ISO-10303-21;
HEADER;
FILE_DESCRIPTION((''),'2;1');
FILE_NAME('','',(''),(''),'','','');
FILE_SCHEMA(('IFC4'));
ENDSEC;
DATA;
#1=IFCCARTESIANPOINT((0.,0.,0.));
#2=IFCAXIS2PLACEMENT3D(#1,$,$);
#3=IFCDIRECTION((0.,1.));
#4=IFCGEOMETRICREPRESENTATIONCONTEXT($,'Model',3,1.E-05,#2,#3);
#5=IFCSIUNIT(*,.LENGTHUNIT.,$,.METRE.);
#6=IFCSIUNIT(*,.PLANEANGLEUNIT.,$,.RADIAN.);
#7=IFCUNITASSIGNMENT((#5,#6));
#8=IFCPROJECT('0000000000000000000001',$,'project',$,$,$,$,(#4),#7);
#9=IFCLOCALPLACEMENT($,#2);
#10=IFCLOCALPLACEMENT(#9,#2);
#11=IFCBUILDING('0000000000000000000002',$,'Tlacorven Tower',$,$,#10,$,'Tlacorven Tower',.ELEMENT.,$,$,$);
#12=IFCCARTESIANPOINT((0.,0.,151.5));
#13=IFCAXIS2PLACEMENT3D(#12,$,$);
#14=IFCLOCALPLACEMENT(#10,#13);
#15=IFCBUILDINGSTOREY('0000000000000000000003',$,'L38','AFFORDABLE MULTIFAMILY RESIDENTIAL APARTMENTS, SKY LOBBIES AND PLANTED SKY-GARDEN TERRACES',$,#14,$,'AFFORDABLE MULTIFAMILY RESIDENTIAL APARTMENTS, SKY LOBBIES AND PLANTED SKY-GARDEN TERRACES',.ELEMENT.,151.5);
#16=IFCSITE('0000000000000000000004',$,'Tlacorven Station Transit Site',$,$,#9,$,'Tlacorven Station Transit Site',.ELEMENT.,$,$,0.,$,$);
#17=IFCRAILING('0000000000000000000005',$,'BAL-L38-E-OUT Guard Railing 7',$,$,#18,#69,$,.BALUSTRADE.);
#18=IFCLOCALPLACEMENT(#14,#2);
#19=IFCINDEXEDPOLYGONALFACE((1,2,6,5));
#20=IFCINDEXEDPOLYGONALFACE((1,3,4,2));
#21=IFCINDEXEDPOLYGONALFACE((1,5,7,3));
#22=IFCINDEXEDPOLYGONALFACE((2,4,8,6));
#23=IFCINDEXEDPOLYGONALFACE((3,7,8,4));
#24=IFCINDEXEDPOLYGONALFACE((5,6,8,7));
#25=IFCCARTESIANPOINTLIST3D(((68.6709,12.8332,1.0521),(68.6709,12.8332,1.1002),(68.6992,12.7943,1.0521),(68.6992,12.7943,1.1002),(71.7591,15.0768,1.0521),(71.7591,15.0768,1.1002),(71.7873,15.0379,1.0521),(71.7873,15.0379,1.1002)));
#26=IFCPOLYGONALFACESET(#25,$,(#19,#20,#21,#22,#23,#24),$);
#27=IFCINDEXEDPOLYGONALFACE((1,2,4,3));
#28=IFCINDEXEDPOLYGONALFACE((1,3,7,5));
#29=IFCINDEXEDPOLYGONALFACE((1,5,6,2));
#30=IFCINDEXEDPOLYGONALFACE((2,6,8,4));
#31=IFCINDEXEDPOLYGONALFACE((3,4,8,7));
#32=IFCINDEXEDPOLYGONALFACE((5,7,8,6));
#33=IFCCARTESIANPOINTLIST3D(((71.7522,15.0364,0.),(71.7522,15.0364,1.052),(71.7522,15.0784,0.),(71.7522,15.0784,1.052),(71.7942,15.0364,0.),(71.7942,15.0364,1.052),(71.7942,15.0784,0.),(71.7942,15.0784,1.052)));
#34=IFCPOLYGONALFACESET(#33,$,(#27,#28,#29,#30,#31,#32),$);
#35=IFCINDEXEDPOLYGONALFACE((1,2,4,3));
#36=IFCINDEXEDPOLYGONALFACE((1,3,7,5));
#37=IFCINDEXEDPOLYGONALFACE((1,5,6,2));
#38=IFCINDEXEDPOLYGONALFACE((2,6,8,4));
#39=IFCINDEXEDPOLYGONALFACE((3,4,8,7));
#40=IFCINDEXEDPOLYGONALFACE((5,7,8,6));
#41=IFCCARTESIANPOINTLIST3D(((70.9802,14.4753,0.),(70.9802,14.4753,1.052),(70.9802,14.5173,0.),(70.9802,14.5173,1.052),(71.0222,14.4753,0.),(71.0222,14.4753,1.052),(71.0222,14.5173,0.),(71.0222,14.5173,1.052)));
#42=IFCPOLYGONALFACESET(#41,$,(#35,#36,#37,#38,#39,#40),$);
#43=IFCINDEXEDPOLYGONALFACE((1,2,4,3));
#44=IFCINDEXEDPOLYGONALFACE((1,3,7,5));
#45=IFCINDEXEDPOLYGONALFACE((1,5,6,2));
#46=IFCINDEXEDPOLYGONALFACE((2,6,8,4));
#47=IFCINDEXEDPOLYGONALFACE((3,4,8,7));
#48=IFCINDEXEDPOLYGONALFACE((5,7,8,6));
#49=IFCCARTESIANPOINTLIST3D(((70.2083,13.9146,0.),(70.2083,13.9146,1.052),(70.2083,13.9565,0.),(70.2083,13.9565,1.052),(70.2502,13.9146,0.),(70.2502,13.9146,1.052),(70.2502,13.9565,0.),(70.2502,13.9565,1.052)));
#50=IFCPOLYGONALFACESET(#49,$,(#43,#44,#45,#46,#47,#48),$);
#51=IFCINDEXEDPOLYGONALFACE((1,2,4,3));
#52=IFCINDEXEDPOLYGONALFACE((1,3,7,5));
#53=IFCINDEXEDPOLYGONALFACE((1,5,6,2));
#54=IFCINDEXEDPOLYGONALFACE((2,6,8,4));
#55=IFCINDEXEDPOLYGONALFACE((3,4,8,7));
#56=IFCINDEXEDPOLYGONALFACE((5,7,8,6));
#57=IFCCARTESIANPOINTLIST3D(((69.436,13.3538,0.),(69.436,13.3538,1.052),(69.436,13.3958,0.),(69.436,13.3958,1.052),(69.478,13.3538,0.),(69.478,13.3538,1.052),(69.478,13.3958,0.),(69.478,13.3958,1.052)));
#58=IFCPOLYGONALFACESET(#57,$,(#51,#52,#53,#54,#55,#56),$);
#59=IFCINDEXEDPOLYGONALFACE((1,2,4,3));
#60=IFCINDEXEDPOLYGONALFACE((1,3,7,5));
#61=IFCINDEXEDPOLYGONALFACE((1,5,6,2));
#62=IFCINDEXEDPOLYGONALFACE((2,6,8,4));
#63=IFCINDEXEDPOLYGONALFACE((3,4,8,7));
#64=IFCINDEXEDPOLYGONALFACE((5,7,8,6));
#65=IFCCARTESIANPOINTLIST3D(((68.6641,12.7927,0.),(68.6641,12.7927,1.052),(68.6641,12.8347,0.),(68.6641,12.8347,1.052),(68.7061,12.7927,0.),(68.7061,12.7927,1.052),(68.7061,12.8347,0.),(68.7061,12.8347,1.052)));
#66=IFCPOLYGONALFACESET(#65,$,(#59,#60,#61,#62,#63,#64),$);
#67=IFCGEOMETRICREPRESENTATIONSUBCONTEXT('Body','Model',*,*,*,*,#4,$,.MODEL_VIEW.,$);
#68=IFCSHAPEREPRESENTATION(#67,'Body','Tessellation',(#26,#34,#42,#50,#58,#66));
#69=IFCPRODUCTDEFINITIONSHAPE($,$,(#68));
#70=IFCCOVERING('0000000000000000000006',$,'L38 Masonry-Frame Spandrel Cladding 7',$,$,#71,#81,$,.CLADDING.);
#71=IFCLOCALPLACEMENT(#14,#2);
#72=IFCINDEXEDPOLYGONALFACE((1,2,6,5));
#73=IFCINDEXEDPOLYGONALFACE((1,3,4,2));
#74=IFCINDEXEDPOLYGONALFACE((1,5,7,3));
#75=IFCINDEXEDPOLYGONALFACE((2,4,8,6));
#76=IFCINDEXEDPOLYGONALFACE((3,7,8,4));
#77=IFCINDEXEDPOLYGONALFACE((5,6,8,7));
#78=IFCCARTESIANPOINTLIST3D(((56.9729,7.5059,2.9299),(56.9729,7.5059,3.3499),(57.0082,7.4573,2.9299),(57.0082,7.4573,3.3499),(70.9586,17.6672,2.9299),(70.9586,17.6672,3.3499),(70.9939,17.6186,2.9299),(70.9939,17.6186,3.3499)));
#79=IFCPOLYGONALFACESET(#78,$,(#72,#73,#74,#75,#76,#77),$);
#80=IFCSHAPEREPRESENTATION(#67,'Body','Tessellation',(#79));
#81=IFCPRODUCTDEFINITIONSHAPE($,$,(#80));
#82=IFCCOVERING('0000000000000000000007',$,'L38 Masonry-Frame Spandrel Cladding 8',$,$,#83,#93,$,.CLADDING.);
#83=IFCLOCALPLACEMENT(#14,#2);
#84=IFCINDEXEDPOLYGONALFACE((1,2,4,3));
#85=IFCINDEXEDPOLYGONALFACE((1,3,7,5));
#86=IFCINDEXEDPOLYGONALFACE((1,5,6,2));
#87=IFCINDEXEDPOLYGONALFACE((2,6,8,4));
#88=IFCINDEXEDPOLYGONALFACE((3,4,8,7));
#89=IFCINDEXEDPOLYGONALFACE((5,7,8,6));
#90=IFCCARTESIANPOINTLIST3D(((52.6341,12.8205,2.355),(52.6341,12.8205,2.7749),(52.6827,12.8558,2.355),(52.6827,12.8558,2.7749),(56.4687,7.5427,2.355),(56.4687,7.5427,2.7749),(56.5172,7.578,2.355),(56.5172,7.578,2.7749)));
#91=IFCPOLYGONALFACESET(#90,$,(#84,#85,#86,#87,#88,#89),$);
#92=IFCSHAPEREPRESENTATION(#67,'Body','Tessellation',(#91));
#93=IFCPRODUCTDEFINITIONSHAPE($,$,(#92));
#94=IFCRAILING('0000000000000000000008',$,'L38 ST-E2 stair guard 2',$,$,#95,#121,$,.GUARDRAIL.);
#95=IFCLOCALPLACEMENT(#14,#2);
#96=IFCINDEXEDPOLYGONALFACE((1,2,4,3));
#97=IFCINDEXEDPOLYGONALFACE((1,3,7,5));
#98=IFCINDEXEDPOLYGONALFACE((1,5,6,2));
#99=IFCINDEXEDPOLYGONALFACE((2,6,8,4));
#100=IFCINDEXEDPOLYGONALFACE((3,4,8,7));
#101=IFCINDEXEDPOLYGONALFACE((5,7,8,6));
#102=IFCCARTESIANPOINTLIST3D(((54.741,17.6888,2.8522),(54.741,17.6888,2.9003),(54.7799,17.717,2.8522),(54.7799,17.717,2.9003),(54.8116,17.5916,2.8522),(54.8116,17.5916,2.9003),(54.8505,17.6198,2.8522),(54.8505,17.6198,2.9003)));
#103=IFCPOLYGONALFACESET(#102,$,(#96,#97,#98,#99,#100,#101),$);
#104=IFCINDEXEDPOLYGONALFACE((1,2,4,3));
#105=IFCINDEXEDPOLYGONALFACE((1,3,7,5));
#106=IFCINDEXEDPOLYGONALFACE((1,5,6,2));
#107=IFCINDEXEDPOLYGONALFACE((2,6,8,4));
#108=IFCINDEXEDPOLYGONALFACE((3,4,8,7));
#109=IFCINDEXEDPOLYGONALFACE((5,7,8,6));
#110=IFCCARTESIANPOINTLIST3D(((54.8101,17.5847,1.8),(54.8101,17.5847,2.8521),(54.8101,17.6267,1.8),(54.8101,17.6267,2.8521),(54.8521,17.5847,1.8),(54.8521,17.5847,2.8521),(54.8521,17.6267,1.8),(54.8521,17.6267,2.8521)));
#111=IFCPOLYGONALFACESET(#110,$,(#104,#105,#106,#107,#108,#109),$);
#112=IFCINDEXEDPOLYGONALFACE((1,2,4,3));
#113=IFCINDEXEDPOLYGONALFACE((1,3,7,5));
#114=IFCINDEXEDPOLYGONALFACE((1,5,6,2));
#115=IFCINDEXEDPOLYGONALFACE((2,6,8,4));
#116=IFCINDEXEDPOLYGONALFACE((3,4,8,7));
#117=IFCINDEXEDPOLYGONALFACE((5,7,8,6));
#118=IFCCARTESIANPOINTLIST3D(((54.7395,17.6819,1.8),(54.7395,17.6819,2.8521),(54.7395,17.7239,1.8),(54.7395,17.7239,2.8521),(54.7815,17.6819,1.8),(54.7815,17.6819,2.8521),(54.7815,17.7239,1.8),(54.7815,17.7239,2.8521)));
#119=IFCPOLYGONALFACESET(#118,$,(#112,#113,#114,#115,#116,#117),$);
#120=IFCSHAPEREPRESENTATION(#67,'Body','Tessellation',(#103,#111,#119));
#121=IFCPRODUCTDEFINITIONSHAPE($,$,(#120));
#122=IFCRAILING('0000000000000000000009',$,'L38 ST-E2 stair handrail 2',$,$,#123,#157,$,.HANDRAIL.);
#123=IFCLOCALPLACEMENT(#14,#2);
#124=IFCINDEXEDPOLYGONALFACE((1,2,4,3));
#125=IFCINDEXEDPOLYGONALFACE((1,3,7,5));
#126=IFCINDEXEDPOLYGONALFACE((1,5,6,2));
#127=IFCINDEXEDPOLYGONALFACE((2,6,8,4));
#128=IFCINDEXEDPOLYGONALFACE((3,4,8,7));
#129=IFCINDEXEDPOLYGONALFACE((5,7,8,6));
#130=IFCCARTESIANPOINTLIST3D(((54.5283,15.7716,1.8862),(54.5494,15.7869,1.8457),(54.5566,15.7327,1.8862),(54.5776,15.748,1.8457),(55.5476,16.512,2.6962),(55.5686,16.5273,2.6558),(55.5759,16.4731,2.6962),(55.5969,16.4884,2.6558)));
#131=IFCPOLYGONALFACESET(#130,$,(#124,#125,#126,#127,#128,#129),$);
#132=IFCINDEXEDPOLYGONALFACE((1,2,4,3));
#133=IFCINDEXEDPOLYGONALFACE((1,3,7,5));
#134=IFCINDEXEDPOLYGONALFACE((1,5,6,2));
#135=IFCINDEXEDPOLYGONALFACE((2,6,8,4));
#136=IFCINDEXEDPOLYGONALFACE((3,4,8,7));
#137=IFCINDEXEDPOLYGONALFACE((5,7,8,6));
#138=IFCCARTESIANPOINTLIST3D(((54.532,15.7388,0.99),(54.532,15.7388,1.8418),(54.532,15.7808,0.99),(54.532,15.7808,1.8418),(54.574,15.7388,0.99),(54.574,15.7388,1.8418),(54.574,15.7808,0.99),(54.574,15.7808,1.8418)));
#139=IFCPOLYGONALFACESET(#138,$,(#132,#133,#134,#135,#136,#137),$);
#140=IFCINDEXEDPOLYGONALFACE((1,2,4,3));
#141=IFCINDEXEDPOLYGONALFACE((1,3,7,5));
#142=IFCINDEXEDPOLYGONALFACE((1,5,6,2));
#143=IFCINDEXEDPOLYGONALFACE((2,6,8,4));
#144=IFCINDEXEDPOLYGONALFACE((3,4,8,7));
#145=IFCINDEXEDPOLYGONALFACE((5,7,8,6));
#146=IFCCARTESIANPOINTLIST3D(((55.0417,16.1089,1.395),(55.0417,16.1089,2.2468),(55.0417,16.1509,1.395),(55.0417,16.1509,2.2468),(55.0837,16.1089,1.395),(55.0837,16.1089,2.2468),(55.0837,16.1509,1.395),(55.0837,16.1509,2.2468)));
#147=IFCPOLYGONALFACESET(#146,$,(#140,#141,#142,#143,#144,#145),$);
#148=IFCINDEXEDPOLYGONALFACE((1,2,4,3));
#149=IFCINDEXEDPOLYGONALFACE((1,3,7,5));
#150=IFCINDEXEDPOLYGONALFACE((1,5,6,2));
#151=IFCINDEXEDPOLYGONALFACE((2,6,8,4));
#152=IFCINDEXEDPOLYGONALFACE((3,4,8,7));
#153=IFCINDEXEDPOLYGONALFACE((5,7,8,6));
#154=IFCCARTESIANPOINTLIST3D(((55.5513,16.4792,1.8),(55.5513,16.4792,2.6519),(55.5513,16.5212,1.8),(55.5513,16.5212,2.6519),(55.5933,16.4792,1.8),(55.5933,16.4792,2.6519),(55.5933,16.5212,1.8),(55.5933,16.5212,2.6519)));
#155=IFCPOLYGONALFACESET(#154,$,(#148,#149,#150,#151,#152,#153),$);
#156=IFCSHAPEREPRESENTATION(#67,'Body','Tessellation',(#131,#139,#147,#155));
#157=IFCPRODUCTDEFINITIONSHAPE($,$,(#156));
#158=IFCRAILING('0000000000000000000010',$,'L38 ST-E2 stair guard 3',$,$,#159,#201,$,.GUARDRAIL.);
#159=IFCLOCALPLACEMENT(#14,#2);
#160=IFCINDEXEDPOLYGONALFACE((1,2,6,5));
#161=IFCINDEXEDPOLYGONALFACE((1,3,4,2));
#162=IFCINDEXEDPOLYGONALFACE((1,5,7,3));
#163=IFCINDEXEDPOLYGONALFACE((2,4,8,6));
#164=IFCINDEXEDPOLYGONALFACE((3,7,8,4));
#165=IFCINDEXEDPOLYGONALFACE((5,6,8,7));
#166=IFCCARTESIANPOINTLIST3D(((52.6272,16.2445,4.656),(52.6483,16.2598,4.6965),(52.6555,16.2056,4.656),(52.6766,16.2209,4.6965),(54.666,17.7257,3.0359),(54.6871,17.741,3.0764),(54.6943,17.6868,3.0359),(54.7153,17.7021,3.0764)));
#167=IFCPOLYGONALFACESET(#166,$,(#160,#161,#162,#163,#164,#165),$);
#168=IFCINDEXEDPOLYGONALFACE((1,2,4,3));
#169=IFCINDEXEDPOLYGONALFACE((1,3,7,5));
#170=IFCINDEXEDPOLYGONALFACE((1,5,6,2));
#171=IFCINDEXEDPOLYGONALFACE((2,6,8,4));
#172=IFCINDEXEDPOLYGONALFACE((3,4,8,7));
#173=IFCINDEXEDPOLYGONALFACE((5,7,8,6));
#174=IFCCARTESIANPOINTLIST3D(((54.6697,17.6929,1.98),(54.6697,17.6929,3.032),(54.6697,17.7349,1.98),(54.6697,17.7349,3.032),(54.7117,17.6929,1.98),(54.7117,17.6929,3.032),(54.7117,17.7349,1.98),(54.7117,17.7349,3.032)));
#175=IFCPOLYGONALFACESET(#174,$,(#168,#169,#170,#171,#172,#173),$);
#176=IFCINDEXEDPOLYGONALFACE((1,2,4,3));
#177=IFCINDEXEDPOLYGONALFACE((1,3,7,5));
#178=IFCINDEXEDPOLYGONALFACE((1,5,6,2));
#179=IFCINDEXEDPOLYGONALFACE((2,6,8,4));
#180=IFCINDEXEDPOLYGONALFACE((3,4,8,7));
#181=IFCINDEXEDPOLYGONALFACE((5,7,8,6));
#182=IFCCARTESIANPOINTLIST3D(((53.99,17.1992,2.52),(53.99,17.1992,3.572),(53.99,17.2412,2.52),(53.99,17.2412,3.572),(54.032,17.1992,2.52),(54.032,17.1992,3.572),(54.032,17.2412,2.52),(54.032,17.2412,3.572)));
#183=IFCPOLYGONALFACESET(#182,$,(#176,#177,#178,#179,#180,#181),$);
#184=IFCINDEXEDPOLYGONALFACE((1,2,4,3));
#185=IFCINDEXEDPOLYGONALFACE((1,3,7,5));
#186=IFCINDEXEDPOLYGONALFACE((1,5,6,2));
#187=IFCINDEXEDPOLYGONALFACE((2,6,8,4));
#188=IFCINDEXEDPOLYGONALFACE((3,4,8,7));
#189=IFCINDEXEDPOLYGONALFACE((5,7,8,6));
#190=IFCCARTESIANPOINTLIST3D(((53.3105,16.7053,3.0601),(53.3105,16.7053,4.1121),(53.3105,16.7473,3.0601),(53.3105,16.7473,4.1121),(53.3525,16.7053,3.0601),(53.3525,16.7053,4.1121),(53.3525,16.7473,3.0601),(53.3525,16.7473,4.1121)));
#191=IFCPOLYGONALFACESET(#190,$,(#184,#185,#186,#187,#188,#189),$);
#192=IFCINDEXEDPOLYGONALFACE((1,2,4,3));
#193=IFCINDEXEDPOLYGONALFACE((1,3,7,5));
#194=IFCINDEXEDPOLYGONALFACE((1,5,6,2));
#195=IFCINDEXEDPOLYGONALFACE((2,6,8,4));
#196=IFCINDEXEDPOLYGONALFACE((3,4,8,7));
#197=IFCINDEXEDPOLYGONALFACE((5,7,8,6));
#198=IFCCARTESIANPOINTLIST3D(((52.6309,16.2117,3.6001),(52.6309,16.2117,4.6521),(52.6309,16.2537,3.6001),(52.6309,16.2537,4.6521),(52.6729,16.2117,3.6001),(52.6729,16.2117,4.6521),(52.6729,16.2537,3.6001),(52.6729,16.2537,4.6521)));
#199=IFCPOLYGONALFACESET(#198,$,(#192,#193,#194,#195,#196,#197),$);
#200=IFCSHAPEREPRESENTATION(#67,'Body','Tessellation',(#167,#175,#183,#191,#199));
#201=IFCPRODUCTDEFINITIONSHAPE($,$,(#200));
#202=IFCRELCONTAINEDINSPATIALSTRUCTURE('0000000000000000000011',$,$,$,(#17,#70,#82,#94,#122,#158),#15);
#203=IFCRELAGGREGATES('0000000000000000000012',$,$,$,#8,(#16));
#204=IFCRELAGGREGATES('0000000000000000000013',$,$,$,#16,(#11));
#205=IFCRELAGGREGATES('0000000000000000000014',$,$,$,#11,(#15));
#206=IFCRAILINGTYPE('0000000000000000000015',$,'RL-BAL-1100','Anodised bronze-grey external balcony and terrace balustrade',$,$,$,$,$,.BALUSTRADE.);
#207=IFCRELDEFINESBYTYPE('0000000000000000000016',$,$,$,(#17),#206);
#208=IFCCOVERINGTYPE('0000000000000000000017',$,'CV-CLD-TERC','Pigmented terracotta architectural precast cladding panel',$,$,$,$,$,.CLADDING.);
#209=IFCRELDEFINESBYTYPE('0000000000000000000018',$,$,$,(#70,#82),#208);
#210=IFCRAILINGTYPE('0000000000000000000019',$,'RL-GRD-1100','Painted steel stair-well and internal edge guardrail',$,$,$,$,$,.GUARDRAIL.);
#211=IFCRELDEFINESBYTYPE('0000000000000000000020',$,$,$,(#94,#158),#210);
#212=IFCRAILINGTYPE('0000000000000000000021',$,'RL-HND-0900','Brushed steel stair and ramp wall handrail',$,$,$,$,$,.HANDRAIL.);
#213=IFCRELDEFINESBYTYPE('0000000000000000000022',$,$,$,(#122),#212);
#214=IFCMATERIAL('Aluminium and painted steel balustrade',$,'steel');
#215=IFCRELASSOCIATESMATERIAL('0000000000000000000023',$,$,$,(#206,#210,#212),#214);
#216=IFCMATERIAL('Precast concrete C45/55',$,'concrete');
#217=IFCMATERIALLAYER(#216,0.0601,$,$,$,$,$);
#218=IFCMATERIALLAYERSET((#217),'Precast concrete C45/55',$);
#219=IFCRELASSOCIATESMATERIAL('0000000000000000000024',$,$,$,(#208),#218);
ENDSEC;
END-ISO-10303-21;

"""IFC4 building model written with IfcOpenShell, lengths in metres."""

from ifc_helpers import new_model, si_unit, direction, frame, origin, origin_2d, place, context, subcontext, project, spatial, rectangle, extrude, source, transform, mapped, material, layer, layer_set, type_object, element, save


model = new_model("IFC4")

# Units and contexts
model_context = context("Model", 3, precision=1e-05, world=origin(), true_north=direction((0.0, 1.0)))
body_context = subcontext(model_context, "Body", "Model", "MODEL_VIEW")
ifc_project = project(units=[si_unit("LENGTHUNIT", "METRE"), si_unit("PLANEANGLEUNIT", "RADIAN")], contexts=[model_context])

# Site, building, storey
site_placement = place(None, origin())
site = spatial("IfcSite", under=ifc_project, at=site_placement, Name="Tlacorven Station Transit Site", LongName="Tlacorven Station Transit Site", CompositionType="ELEMENT", RefElevation=0.0)
building_placement = place(site_placement, origin())
building = spatial("IfcBuilding", under=site, at=building_placement, Name="Tlacorven Tower", LongName="Tlacorven Tower", CompositionType="ELEMENT")
storey_placement = place(building_placement, frame((0.0, 0.0, 151.5)))
storey = spatial("IfcBuildingStorey", under=building, at=storey_placement, Name="L38", Description="AFFORDABLE MULTIFAMILY RESIDENTIAL APARTMENTS, SKY LOBBIES AND PLANTED SKY-GARDEN TERRACES", LongName="AFFORDABLE MULTIFAMILY RESIDENTIAL APARTMENTS, SKY LOBBIES AND PLANTED SKY-GARDEN TERRACES", CompositionType="ELEMENT", Elevation=151.5)

# Shared definitions
ifc_material_1 = material(Name="Precast concrete C45/55", Category="concrete")

# Railing
ifc_material_2 = material(Name="Aluminium and painted steel balustrade", Category="steel")
railing_type_1 = type_object("IfcRailingType", Name="RL-BAL-1100", Description="Anodised bronze-grey external balcony and terrace balustrade", PredefinedType="BALUSTRADE", material=ifc_material_2)
shared_shape_1 = source(origin(), body_context, "Body", "SweptSolid", [
    extrude(rectangle(XDim=0.0481, YDim=0.0481, at=origin_2d()), frame((0.0, 0.0, 1.0762), z_axis=(-0.809018, -0.587784, 0.0), x_axis=(0.587784, -0.809018, 0.0)), (0.0, 0.0, 1.0), 3.8171),
    extrude(rectangle(XDim=0.042, YDim=0.042, at=origin_2d()), origin(), (0.0, 0.0, 1.0), 1.052),
    extrude(rectangle(XDim=0.042, YDim=0.042, at=origin_2d()), frame((-0.772, -0.561, 0.0)), (0.0, 0.0, 1.0), 1.052),
    extrude(rectangle(XDim=0.042, YDim=0.042, at=origin_2d()), frame((-1.5439, -1.1218, 0.0)), (0.0, 0.0, 1.0), 1.052),
    extrude(rectangle(XDim=0.042, YDim=0.042, at=origin_2d()), frame((-2.3162, -1.6826, 0.0)), (0.0, 0.0, 1.0), 1.052),
    extrude(rectangle(XDim=0.042, YDim=0.042, at=origin_2d()), frame((-3.0881, -2.2437, 0.0)), (0.0, 0.0, 1.0), 1.052),
])
railing_1_placement = place(storey_placement, frame((71.7732, 15.0574, 0.0)))
element("IfcRailing", 1, at=railing_1_placement, inside=storey, type_object=railing_type_1, Name="BAL-L38-E-OUT Guard Railing 7", PredefinedType="BALUSTRADE", context=body_context, shape_type="MappedRepresentation", body=[
    mapped(shared_shape_1, transform((0.0, 0.0, 0.0), scale=1.0)),
])

# Coverings
ifc_layer_1 = layer(ifc_material_1, 0.0601)
ifc_layer_set_1 = layer_set([ifc_layer_1], Name="Precast concrete C45/55")
covering_type = type_object("IfcCoveringType", Name="CV-CLD-TERC", Description="Pigmented terracotta architectural precast cladding panel", PredefinedType="CLADDING", material=ifc_layer_set_1)
shared_shape_2 = source(origin(), body_context, "Body", "SweptSolid", [
    extrude(rectangle(XDim=17.2874, YDim=0.0601, at=origin_2d()), origin(), (0.0, 0.0, 1.0), 0.4199),
])
covering_1_placement = place(storey_placement, frame((63.9834, 12.5623, 2.9299), z_axis=(0.0, 0.0, 1.0), x_axis=(-0.809017, -0.587785, 0.0)))
element("IfcCovering", 2, at=covering_1_placement, inside=storey, type_object=covering_type, Name="L38 Masonry-Frame Spandrel Cladding 7", PredefinedType="CLADDING", context=body_context, shape_type="MappedRepresentation", body=[
    mapped(shared_shape_2, transform((0.0, 0.0, 0.0), scale=1.0)),
])
shared_shape_3 = source(origin(), body_context, "Body", "SweptSolid", [
    extrude(rectangle(XDim=6.5237, YDim=0.0601, at=origin_2d()), origin(), (0.0, 0.0, 1.0), 0.4199),
])
covering_2_placement = place(storey_placement, frame((54.5757, 10.1992, 2.355), z_axis=(0.0, 0.0, 1.0), x_axis=(-0.587786, 0.809017, 0.0)))
element("IfcCovering", 3, at=covering_2_placement, inside=storey, type_object=covering_type, Name="L38 Masonry-Frame Spandrel Cladding 8", PredefinedType="CLADDING", context=body_context, shape_type="MappedRepresentation", body=[
    mapped(shared_shape_3, transform((0.0, 0.0, 0.0), scale=1.0)),
])

# Railings
railing_type_2 = type_object("IfcRailingType", Name="RL-GRD-1100", Description="Painted steel stair-well and internal edge guardrail", PredefinedType="GUARDRAIL", material=ifc_material_2)
shared_shape_4 = source(origin(), body_context, "Body", "SweptSolid", [
    extrude(rectangle(XDim=0.0481, YDim=0.0481, at=origin_2d()), frame((0.0, 0.0, 1.0762), z_axis=(-0.587567, 0.809175, 0.0), x_axis=(-0.809175, -0.587567, 0.0)), (0.0, 0.0, 1.0), 0.1201),
    extrude(rectangle(XDim=0.042, YDim=0.042, at=origin_2d()), origin(), (0.0, 0.0, 1.0), 1.052),
    extrude(rectangle(XDim=0.042, YDim=0.042, at=origin_2d()), frame((-0.0706, 0.0972, 0.0)), (0.0, 0.0, 1.0), 1.052),
])
railing_2_placement = place(storey_placement, frame((54.8311, 17.6057, 1.8)))
element("IfcRailing", 4, at=railing_2_placement, inside=storey, type_object=railing_type_2, Name="L38 ST-E2 stair guard 2", PredefinedType="GUARDRAIL", context=body_context, shape_type="MappedRepresentation", body=[
    mapped(shared_shape_4, transform((0.0, 0.0, 0.0), scale=1.0)),
])
railing_type_3 = type_object("IfcRailingType", Name="RL-HND-0900", Description="Brushed steel stair and ramp wall handrail", PredefinedType="HANDRAIL", material=ifc_material_2)
shared_shape_5 = source(origin(), body_context, "Body", "SweptSolid", [
    extrude(rectangle(XDim=0.0481, YDim=0.0481, at=origin_2d()), frame((0.0, 0.0, 0.876), z_axis=(0.680516, 0.494373, 0.540827), x_axis=(-0.587745, 0.809046, 0.0)), (0.0, 0.0, 1.0), 1.4978),
    extrude(rectangle(XDim=0.042, YDim=0.042, at=origin_2d()), origin(), (0.0, 0.0, 1.0), 0.8518),
    extrude(rectangle(XDim=0.042, YDim=0.042, at=origin_2d()), frame((0.5098, 0.3701, 0.405)), (0.0, 0.0, 1.0), 0.8518),
    extrude(rectangle(XDim=0.042, YDim=0.042, at=origin_2d()), frame((1.0193, 0.7405, 0.8101)), (0.0, 0.0, 1.0), 0.8518),
])
railing_3_placement = place(storey_placement, frame((54.553, 15.7598, 0.99)))
element("IfcRailing", 5, at=railing_3_placement, inside=storey, type_object=railing_type_3, Name="L38 ST-E2 stair handrail 2", PredefinedType="HANDRAIL", context=body_context, shape_type="MappedRepresentation", body=[
    mapped(shared_shape_5, transform((0.0, 0.0, 0.0), scale=1.0)),
])
shared_shape_6 = source(origin(), body_context, "Body", "SweptSolid", [
    extrude(rectangle(XDim=0.0481, YDim=0.0481, at=origin_2d()), frame((0.0, 0.0, 1.0762), z_axis=(-0.680532, -0.494407, 0.540775), x_axis=(0.587763, -0.809033, 0.0)), (0.0, 0.0, 1.0), 2.9958),
    extrude(rectangle(XDim=0.042, YDim=0.042, at=origin_2d()), origin(), (0.0, 0.0, 1.0), 1.052),
    extrude(rectangle(XDim=0.042, YDim=0.042, at=origin_2d()), frame((-0.6797, -0.4937, 0.54)), (0.0, 0.0, 1.0), 1.052),
    extrude(rectangle(XDim=0.042, YDim=0.042, at=origin_2d()), frame((-1.3591, -0.9875, 1.0801)), (0.0, 0.0, 1.0), 1.052),
    extrude(rectangle(XDim=0.042, YDim=0.042, at=origin_2d()), frame((-2.0388, -1.4812, 1.6201)), (0.0, 0.0, 1.0), 1.052),
])
railing_4_placement = place(storey_placement, frame((54.6907, 17.7139, 1.98)))
element("IfcRailing", 6, at=railing_4_placement, inside=storey, type_object=railing_type_2, Name="L38 ST-E2 stair guard 3", PredefinedType="GUARDRAIL", context=body_context, shape_type="MappedRepresentation", body=[
    mapped(shared_shape_6, transform((0.0, 0.0, 0.0), scale=1.0)),
])

save(model, "model.ifc")
